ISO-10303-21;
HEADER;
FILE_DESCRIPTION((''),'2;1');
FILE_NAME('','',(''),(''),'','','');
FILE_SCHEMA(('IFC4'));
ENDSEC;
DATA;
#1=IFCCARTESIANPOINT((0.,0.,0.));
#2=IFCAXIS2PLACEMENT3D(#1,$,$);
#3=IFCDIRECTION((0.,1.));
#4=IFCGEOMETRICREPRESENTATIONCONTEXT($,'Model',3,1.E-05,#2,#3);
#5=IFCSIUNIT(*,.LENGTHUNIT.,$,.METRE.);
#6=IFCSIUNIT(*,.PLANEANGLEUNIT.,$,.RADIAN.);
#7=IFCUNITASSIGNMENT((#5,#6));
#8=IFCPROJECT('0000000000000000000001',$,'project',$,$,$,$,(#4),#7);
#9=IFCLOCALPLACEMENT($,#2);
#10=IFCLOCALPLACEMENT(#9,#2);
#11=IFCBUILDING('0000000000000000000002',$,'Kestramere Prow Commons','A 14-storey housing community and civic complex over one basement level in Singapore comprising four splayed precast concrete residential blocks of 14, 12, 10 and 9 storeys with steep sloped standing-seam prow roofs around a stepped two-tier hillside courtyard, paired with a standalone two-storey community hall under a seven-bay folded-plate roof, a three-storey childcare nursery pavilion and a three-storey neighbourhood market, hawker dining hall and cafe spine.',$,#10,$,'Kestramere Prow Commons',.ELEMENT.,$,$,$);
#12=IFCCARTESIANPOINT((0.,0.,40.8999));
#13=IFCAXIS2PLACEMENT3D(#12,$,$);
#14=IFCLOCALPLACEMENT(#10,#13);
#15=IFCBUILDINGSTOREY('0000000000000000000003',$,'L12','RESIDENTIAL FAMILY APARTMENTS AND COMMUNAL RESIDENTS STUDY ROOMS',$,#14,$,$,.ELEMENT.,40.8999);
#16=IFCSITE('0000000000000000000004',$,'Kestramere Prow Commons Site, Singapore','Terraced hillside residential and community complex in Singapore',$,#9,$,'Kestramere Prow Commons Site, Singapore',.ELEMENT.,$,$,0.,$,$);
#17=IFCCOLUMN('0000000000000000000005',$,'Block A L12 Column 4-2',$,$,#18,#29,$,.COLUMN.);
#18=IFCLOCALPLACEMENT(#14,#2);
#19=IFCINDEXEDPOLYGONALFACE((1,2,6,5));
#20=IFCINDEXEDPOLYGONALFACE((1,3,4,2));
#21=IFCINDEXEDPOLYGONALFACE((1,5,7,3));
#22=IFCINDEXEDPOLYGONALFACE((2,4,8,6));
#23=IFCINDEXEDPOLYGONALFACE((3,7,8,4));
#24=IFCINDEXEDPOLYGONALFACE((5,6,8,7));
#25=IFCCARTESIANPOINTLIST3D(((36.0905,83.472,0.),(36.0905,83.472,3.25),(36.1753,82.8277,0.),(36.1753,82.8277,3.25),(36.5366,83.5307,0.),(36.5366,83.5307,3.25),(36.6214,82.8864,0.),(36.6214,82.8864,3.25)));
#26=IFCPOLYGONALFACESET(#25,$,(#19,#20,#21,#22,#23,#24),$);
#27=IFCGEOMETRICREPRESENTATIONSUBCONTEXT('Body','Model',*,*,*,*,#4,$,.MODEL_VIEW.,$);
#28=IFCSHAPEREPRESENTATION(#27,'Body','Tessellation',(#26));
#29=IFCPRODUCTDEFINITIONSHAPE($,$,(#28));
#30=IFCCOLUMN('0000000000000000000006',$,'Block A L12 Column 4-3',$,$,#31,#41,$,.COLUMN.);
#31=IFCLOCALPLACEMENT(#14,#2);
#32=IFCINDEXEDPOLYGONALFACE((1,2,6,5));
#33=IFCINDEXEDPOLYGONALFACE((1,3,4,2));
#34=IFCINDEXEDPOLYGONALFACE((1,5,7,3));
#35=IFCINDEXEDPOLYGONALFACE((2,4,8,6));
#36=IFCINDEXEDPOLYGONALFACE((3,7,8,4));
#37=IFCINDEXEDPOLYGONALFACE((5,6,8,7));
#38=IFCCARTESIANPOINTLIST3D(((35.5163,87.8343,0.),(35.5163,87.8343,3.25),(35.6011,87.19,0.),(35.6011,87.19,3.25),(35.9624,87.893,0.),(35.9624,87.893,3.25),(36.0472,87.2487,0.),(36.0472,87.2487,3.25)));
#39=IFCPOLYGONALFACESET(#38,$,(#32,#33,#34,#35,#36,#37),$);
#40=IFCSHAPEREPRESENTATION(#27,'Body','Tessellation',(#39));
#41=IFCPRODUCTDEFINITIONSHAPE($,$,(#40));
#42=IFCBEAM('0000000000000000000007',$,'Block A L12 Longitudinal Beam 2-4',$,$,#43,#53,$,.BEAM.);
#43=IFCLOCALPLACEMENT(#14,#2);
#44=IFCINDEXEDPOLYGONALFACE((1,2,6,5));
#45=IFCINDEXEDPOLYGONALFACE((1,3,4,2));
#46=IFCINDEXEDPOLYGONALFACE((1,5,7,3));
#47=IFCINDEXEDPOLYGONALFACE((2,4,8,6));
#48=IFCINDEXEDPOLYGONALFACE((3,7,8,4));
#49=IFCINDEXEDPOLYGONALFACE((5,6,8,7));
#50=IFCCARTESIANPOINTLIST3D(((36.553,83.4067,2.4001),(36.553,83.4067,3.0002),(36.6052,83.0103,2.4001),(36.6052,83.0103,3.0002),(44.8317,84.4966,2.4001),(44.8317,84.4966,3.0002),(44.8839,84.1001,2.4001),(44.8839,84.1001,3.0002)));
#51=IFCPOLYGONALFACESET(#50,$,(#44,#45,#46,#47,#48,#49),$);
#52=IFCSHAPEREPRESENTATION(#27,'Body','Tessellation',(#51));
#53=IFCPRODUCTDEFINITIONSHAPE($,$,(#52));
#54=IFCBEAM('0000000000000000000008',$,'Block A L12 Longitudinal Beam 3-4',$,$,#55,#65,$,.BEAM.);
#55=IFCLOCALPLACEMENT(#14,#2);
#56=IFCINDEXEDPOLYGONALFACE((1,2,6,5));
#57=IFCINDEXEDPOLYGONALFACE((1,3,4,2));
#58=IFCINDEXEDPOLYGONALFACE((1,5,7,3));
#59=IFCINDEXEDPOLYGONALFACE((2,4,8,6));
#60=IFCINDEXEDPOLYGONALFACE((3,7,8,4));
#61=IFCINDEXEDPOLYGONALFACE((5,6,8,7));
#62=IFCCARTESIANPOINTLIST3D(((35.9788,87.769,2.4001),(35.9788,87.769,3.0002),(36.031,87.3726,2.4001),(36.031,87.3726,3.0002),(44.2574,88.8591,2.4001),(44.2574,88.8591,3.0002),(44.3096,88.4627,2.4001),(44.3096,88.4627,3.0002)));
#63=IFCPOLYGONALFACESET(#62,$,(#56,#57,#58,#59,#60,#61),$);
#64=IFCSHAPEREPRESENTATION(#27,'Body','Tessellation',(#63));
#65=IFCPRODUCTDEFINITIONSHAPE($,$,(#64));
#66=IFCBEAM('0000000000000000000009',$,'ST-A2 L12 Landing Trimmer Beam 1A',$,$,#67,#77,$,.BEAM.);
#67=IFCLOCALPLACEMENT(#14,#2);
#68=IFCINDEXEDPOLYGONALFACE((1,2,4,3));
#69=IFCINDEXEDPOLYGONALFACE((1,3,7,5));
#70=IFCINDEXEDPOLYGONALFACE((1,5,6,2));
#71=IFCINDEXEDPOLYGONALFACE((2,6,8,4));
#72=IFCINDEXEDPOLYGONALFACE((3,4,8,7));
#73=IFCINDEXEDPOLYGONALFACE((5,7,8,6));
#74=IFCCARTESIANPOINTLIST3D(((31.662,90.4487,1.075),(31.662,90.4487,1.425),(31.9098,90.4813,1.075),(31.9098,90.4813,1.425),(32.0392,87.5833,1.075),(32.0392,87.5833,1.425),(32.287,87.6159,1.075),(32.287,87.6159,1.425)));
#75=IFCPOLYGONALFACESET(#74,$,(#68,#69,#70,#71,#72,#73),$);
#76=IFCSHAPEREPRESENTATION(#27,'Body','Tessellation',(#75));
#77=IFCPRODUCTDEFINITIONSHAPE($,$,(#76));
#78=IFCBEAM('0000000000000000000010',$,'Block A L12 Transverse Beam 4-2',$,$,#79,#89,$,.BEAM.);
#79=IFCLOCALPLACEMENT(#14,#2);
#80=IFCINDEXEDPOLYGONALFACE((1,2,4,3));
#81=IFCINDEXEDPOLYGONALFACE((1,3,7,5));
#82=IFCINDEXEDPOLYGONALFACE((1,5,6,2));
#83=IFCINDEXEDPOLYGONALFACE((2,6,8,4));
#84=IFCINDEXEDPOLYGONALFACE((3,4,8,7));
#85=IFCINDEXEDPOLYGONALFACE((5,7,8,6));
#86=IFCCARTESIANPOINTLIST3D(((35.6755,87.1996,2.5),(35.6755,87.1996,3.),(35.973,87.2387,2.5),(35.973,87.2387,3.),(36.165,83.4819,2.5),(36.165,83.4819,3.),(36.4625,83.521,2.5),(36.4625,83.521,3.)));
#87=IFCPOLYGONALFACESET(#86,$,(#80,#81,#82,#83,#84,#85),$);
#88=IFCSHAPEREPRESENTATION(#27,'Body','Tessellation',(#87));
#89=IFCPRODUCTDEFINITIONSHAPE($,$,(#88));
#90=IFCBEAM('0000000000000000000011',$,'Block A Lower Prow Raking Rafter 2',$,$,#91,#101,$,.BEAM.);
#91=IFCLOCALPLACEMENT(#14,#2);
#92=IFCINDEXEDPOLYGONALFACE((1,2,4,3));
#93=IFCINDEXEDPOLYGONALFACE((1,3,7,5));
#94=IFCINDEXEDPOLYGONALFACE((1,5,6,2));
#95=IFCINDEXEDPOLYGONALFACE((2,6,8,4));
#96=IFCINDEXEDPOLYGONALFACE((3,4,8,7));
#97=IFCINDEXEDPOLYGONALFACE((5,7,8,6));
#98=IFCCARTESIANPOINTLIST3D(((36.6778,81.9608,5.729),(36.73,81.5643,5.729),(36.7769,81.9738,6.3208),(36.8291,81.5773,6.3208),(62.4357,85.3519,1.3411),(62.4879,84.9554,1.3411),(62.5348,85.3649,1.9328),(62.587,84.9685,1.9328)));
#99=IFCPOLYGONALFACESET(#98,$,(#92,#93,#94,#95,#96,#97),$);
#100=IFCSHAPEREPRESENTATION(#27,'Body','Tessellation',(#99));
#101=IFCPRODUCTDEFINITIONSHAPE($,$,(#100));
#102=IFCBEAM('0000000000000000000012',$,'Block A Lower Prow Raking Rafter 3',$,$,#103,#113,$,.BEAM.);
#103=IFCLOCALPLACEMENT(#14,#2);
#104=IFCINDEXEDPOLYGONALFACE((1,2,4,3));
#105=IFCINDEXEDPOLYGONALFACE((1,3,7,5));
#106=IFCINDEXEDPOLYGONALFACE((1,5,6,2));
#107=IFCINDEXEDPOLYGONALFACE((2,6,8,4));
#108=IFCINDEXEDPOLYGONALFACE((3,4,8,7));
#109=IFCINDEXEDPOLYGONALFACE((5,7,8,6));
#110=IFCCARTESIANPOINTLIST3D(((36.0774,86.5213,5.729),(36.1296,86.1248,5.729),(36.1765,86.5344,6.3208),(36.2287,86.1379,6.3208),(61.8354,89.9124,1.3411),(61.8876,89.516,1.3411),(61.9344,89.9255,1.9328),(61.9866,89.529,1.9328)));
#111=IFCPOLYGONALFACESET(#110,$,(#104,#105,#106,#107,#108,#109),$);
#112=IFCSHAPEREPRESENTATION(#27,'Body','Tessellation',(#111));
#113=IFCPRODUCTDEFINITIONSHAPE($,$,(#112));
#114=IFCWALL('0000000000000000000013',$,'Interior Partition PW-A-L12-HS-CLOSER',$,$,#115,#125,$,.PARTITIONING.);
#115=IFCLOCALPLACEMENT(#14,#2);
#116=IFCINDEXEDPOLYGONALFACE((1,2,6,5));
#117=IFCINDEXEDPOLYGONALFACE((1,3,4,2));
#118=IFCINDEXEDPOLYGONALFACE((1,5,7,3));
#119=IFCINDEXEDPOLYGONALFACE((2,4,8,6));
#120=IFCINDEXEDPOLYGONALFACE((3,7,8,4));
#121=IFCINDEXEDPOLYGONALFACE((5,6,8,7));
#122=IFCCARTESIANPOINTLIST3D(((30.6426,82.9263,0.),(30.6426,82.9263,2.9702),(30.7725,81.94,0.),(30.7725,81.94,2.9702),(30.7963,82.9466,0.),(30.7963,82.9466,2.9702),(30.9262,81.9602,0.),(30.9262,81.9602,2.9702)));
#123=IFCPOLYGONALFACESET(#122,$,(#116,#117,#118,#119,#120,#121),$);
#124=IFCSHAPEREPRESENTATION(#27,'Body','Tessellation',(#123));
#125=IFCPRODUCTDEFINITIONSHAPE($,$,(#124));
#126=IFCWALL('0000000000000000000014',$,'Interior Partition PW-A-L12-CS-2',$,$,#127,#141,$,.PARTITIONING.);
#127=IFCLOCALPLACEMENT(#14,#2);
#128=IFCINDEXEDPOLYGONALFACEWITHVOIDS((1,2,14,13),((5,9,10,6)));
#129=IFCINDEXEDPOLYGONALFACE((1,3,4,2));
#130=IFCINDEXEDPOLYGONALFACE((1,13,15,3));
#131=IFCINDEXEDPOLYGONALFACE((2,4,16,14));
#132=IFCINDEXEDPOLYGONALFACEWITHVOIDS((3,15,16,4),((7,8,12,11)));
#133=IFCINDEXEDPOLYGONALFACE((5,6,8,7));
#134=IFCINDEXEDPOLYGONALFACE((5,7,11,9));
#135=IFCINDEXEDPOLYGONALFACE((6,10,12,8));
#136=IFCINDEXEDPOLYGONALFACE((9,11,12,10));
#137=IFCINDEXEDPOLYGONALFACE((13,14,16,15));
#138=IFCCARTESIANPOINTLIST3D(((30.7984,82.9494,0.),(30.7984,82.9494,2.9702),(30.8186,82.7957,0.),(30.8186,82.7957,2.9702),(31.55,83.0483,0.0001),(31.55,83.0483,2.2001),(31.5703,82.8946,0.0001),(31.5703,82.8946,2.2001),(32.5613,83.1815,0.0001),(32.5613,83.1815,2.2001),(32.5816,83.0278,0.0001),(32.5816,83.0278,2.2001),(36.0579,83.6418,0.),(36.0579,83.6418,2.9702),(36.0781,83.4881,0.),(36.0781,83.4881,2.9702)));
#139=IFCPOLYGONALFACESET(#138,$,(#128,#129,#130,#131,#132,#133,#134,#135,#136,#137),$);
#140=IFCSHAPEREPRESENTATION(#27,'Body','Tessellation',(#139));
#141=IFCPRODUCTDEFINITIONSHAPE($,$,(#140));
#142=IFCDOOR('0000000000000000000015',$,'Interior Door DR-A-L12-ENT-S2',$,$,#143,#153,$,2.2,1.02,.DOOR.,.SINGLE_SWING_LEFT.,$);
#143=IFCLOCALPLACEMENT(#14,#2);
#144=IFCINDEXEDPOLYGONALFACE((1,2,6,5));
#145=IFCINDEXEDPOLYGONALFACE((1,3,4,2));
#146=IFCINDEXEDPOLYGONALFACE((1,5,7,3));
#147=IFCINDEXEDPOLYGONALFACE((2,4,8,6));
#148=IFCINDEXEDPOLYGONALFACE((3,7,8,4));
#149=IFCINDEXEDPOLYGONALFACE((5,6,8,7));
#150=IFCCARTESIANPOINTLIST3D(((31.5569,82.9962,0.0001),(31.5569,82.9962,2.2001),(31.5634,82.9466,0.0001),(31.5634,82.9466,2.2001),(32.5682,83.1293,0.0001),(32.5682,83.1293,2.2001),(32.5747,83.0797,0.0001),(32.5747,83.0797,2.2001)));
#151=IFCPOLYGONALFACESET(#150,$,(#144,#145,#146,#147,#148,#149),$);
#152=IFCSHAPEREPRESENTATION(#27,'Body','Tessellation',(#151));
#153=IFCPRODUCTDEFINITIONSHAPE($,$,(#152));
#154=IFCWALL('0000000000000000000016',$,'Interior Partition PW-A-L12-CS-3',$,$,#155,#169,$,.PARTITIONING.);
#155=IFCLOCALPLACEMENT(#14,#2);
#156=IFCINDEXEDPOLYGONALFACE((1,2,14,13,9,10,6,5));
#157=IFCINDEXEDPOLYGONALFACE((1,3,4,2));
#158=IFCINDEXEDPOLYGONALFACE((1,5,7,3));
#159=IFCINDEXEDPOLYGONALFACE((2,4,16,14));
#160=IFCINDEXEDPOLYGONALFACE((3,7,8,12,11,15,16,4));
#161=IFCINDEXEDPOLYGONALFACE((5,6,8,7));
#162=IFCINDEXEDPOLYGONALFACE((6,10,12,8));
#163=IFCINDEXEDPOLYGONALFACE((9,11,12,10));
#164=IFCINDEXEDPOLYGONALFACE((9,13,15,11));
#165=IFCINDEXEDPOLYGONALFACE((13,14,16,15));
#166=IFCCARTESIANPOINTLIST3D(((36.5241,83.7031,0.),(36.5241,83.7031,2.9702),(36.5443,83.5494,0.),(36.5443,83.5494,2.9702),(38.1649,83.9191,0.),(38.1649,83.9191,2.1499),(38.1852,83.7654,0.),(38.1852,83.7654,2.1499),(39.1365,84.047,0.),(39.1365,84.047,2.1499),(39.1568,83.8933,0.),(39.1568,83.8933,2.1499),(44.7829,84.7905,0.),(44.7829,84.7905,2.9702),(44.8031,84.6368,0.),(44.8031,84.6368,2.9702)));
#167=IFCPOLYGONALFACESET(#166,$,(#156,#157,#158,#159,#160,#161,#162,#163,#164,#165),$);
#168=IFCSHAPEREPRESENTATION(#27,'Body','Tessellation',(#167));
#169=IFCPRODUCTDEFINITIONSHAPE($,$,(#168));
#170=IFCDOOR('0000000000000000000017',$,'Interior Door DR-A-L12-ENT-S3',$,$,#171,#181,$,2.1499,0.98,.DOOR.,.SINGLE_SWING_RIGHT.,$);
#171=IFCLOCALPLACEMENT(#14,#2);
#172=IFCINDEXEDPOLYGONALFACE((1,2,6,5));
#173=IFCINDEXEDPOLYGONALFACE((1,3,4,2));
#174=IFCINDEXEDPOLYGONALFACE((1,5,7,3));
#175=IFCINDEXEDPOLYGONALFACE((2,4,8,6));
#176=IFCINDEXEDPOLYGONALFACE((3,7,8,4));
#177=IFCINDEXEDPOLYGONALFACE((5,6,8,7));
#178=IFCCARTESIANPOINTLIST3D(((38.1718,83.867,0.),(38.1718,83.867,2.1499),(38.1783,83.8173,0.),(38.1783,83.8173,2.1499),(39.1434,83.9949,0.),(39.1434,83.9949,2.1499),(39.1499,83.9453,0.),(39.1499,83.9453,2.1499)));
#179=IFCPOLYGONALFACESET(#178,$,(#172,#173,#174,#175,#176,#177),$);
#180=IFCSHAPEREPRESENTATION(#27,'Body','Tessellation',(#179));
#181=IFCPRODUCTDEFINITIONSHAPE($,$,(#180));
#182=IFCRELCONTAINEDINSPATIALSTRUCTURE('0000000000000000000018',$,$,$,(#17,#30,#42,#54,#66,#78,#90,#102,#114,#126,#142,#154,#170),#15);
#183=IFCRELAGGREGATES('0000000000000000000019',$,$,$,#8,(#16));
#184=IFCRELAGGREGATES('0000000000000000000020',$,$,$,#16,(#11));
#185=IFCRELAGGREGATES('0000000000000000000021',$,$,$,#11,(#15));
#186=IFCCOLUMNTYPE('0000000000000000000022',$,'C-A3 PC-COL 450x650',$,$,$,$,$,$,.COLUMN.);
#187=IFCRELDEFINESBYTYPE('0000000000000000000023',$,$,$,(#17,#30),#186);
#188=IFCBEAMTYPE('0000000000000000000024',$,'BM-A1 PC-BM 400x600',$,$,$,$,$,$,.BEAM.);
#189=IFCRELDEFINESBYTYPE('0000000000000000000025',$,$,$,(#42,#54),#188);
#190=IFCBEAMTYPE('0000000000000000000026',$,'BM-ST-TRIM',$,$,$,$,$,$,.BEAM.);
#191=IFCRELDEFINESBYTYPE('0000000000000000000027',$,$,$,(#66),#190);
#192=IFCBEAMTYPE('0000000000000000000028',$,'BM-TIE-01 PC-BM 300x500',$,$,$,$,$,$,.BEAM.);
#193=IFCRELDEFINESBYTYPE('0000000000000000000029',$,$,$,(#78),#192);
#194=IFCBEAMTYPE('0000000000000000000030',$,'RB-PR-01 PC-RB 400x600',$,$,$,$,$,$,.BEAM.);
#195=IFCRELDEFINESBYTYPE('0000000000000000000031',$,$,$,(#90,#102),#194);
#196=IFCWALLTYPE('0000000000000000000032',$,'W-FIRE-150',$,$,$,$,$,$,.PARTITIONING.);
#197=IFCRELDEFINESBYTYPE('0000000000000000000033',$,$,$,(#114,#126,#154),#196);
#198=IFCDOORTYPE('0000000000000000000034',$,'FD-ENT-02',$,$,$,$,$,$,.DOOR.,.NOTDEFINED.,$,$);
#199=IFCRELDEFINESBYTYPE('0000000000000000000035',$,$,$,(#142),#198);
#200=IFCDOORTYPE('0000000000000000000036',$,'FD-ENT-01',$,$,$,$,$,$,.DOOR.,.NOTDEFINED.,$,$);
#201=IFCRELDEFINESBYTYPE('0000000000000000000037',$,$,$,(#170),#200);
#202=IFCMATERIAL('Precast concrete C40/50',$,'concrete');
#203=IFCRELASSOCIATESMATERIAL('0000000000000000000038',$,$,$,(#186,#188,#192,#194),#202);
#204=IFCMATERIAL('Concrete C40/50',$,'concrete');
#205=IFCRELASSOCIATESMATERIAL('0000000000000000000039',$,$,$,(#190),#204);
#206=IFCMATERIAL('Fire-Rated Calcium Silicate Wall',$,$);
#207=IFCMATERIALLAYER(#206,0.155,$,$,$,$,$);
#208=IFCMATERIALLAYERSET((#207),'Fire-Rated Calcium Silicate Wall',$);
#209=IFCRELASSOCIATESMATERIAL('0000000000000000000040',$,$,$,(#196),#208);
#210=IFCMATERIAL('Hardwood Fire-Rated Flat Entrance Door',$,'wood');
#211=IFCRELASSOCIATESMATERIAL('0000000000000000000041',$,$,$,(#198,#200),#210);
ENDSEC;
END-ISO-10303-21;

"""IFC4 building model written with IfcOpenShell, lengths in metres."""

from ifc_helpers import new_model, si_unit, direction, frame, frame_2d, origin, origin_2d, place, context, subcontext, project, spatial, rectangle, extrude, material, layer, layer_set, material_profile, profile_set, type_object, element, fill, save


model = new_model("IFC4")

# Units and contexts
model_context = context("Model", 3, precision=1e-05, world=origin(), true_north=direction((0.0, 1.0)))
body_context = subcontext(model_context, "Body", "Model", "MODEL_VIEW")
ifc_project = project(units=[si_unit("LENGTHUNIT", "METRE"), si_unit("PLANEANGLEUNIT", "RADIAN")], contexts=[model_context])

# Site, building, storey
site_placement = place(None, origin())
site = spatial("IfcSite", under=ifc_project, at=site_placement, Name="Kestramere Prow Commons Site, Singapore", Description="Terraced hillside residential and community complex in Singapore", LongName="Kestramere Prow Commons Site, Singapore", CompositionType="ELEMENT", RefElevation=0.0)
building_placement = place(site_placement, origin())
building = spatial("IfcBuilding", under=site, at=building_placement, Name="Kestramere Prow Commons", Description="A 14-storey housing community and civic complex over one basement level in Singapore comprising four splayed precast concrete residential blocks of 14, 12, 10 and 9 storeys with steep sloped standing-seam prow roofs around a stepped two-tier hillside courtyard, paired with a standalone two-storey community hall under a seven-bay folded-plate roof, a three-storey childcare nursery pavilion and a three-storey neighbourhood market, hawker dining hall and cafe spine.", LongName="Kestramere Prow Commons", CompositionType="ELEMENT")
storey_placement = place(building_placement, frame((0.0, 0.0, 40.8999)))
storey = spatial("IfcBuildingStorey", under=building, at=storey_placement, Name="L12", Description="RESIDENTIAL FAMILY APARTMENTS AND COMMUNAL RESIDENTS STUDY ROOMS", CompositionType="ELEMENT", Elevation=40.8999)

# Columns
ifc_material_1 = material(Name="Precast concrete C40/50", Category="concrete")
ifc_material_profile_1 = material_profile(ifc_material_1, rectangle(XDim=0.45, YDim=0.6499, at=origin_2d()), Name="PC-COL 450x650")
ifc_profile_set_1 = profile_set([ifc_material_profile_1], Name="Precast concrete C40/50")
column_type = type_object("IfcColumnType", Name="C-A3 PC-COL 450x650", PredefinedType="COLUMN", material=ifc_profile_set_1)
for number, where, z_axis, x_axis, name in (
    (1, (36.356, 83.1792, 0.0), (0.0, 0.0, 1.0), (0.991445, 0.130526, 0.0), "Block A L12 Column 4-2"),
    (2, (35.7817, 87.5415, 0.0), (0.0, 0.0, 1.0), (0.991445, 0.130526, 0.0), "Block A L12 Column 4-3"),
):
    element("IfcColumn", number, at=place(storey_placement, frame(where, z_axis=z_axis, x_axis=x_axis)), inside=storey, type_object=column_type, Name=name, PredefinedType="COLUMN", context=body_context, shape_type="SweptSolid", body=[
        extrude(rectangle(XDim=0.45, YDim=0.6499, at=origin_2d()), origin(), (0.0, 0.0, 1.0), 3.25),
    ])

# Beams
ifc_material_profile_2 = material_profile(ifc_material_1, rectangle(XDim=0.3999, YDim=0.6001, at=origin_2d()), Name="PC-BM 400x600")
ifc_profile_set_2 = profile_set([ifc_material_profile_2], Name="Precast concrete C40/50")
beam_type_1 = type_object("IfcBeamType", Name="BM-A1 PC-BM 400x600", PredefinedType="BEAM", material=ifc_profile_set_2)
for number, where, z_axis, x_axis, name in (
    (3, (36.5791, 83.2085, 2.7002), (0.991446, 0.13052, 0.0), (-0.13052, 0.991446, 0.0), "Block A L12 Longitudinal Beam 2-4"),
    (4, (36.0049, 87.5708, 2.7002), (0.991442, 0.130549, 0.0), (-0.130549, 0.991442, 0.0), "Block A L12 Longitudinal Beam 3-4"),
):
    element("IfcBeam", number, at=place(storey_placement, frame(where, z_axis=z_axis, x_axis=x_axis)), inside=storey, type_object=beam_type_1, Name=name, PredefinedType="BEAM", context=body_context, shape_type="SweptSolid", body=[
        extrude(rectangle(XDim=0.3999, YDim=0.6001, at=origin_2d()), origin(), (0.0, 0.0, 1.0), 8.3501),
    ])
ifc_material_2 = material(Name="Concrete C40/50", Category="concrete")
ifc_material_profile_3 = material_profile(ifc_material_2, rectangle(XDim=0.25, YDim=0.3501, at=origin_2d()), Name="PC-BM 250x350")
ifc_profile_set_3 = profile_set([ifc_material_profile_3], Name="Concrete C40/50")
beam_type_2 = type_object("IfcBeamType", Name="BM-ST-TRIM", PredefinedType="BEAM", material=ifc_profile_set_3)
beam_1_placement = place(storey_placement, frame((32.1631, 87.5996, 1.25), z_axis=(-0.130509, 0.991447, 0.0), x_axis=(-0.991447, -0.130509, 0.0)))
element("IfcBeam", 5, at=beam_1_placement, inside=storey, type_object=beam_type_2, Name="ST-A2 L12 Landing Trimmer Beam 1A", PredefinedType="BEAM", context=body_context, shape_type="SweptSolid", body=[
    extrude(rectangle(XDim=0.25, YDim=0.3501, at=origin_2d()), origin(), (0.0, 0.0, 1.0), 2.8901),
])
ifc_material_profile_4 = material_profile(ifc_material_1, rectangle(XDim=0.3, YDim=0.5, at=origin_2d()), Name="PC-BM 300x500")
ifc_profile_set_4 = profile_set([ifc_material_profile_4], Name="Precast concrete C40/50")
beam_type_3 = type_object("IfcBeamType", Name="BM-TIE-01 PC-BM 300x500", PredefinedType="BEAM", material=ifc_profile_set_4)
beam_2_placement = place(storey_placement, frame((36.3137, 83.5015, 2.75), z_axis=(-0.130539, 0.991443, 0.0), x_axis=(-0.991443, -0.130539, 0.0)))
element("IfcBeam", 6, at=beam_2_placement, inside=storey, type_object=beam_type_3, Name="Block A L12 Transverse Beam 4-2", PredefinedType="BEAM", context=body_context, shape_type="SweptSolid", body=[
    extrude(rectangle(XDim=0.3, YDim=0.5, at=origin_2d()), origin(), (0.0, 0.0, 1.0), 3.7498),
])
ifc_material_profile_5 = material_profile(ifc_material_1, rectangle(XDim=0.3999, YDim=0.6001, at=origin_2d()), Name="PC-RB 400x600")
ifc_profile_set_5 = profile_set([ifc_material_profile_5], Name="Precast concrete C40/50")
beam_type_4 = type_object("IfcBeamType", Name="RB-PR-01 PC-RB 400x600", PredefinedType="BEAM", material=ifc_profile_set_5)
for number, where, z_axis, x_axis, name in (
    (7, (36.7534, 81.769, 6.0249), (0.977599, 0.128705, -0.166538), (-0.130527, 0.991445, 0.0), "Block A Lower Prow Raking Rafter 2"),
    (8, (36.1531, 86.3296, 6.0249), (0.977599, 0.128705, -0.166538), (-0.130527, 0.991445, 0.0), "Block A Lower Prow Raking Rafter 3"),
):
    element("IfcBeam", number, at=place(storey_placement, frame(where, z_axis=z_axis, x_axis=x_axis)), inside=storey, type_object=beam_type_4, Name=name, PredefinedType="BEAM", context=body_context, shape_type="SweptSolid", body=[
        extrude(rectangle(XDim=0.3999, YDim=0.6001, at=origin_2d()), origin(), (0.0, 0.0, 1.0), 26.3481),
    ])

# Wall
ifc_material_3 = material(Name="Fire-Rated Calcium Silicate Wall")
ifc_layer_1 = layer(ifc_material_3, 0.155)
ifc_layer_set_1 = layer_set([ifc_layer_1], Name="Fire-Rated Calcium Silicate Wall")
wall_type_1 = type_object("IfcWallType", Name="W-FIRE-150", PredefinedType="PARTITIONING", material=ifc_layer_set_1)
wall_1_placement = place(storey_placement, frame((30.8494, 81.95, 0.0), z_axis=(0.0, 0.0, 1.0), x_axis=(-0.130556, 0.991441, 0.0)))
element("IfcWall", 9, at=wall_1_placement, inside=storey, type_object=wall_type_1, Name="Interior Partition PW-A-L12-HS-CLOSER", PredefinedType="PARTITIONING", context=body_context, shape_type="SweptSolid", body=[
    extrude(rectangle(XDim=0.9949, YDim=0.155, at=frame_2d((0.4976, 0.0))), origin(), (0.0, 0.0, 1.0), 2.9702),
])

# Walls, openings, doors
wall_2_placement = place(storey_placement, frame((30.8086, 82.8726, 0.0), z_axis=(0.0, 0.0, 1.0), x_axis=(0.991446, 0.130518, 0.0)))
wall_2 = element("IfcWall", 10, at=wall_2_placement, inside=storey, type_object=wall_type_1, Name="Interior Partition PW-A-L12-CS-2", PredefinedType="PARTITIONING", context=body_context, shape_type="SweptSolid", body=[
    extrude(rectangle(XDim=5.3049, YDim=0.155, at=frame_2d((2.6523, 0.0))), origin(), (0.0, 0.0, 1.0), 2.9702),
])
opening_1_placement = place(wall_2_placement, frame((0.7581, 0.0, 0.0)))
opening_1 = element("IfcOpeningElement", 11, at=opening_1_placement, cuts=wall_2, PredefinedType="OPENING", context=body_context, shape_type="SweptSolid", body=[
    extrude(rectangle(XDim=1.02, YDim=2.2, at=frame_2d((0.51, 1.1001))), frame((0.0, 0.0925, 0.0), z_axis=(0.0, -1.0, 0.0), x_axis=(1.0, 0.0, 0.0)), (0.0, 0.0, 1.0), 0.1851),
])
ifc_material_4 = material(Name="Hardwood Fire-Rated Flat Entrance Door", Category="wood")
door_type_1 = type_object("IfcDoorType", Name="FD-ENT-02", OperationType="NOTDEFINED", PredefinedType="DOOR", material=ifc_material_4)
door_1_placement = place(opening_1_placement, origin())
door_1 = element("IfcDoor", 12, at=door_1_placement, inside=storey, type_object=door_type_1, Name="Interior Door DR-A-L12-ENT-S2", OperationType="SINGLE_SWING_LEFT", OverallHeight=2.2, OverallWidth=1.02, PredefinedType="DOOR", context=body_context, shape_type="SweptSolid", body=[
    extrude(rectangle(XDim=1.02, YDim=2.2, at=frame_2d((0.51, 1.1001))), frame((0.0, 0.0249, 0.0), z_axis=(0.0, -1.0, 0.0), x_axis=(1.0, 0.0, 0.0)), (0.0, 0.0, 1.0), 0.05),
])
fill(opening_1, door_1)
wall_3_placement = place(storey_placement, frame((36.5342, 83.6262, 0.0), z_axis=(0.0, 0.0, 1.0), x_axis=(0.991443, 0.130539, 0.0)))
wall_3 = element("IfcWall", 13, at=wall_3_placement, inside=storey, type_object=wall_type_1, Name="Interior Partition PW-A-L12-CS-3", PredefinedType="PARTITIONING", context=body_context, shape_type="SweptSolid", body=[
    extrude(rectangle(XDim=8.3301, YDim=0.155, at=frame_2d((4.165, 0.0))), origin(), (0.0, 0.0, 1.0), 2.9702),
])
opening_2_placement = place(wall_3_placement, frame((1.655, 0.0, 0.0)))
opening_2 = element("IfcOpeningElement", 14, at=opening_2_placement, cuts=wall_3, PredefinedType="OPENING", context=body_context, shape_type="SweptSolid", body=[
    extrude(rectangle(XDim=0.98, YDim=2.1499, at=frame_2d((0.49, 1.075))), frame((0.0, 0.0925, 0.0), z_axis=(0.0, -1.0, 0.0), x_axis=(1.0, 0.0, 0.0)), (0.0, 0.0, 1.0), 0.1851),
])
door_type_2 = type_object("IfcDoorType", Name="FD-ENT-01", OperationType="NOTDEFINED", PredefinedType="DOOR", material=ifc_material_4)
door_2_placement = place(opening_2_placement, origin())
door_2 = element("IfcDoor", 15, at=door_2_placement, inside=storey, type_object=door_type_2, Name="Interior Door DR-A-L12-ENT-S3", OperationType="SINGLE_SWING_RIGHT", OverallHeight=2.1499, OverallWidth=0.98, PredefinedType="DOOR", context=body_context, shape_type="SweptSolid", body=[
    extrude(rectangle(XDim=0.98, YDim=2.1499, at=frame_2d((0.49, 1.075))), frame((0.0, 0.0249, 0.0), z_axis=(0.0, -1.0, 0.0), x_axis=(1.0, 0.0, 0.0)), (0.0, 0.0, 1.0), 0.05),
])
fill(opening_2, door_2)

save(model, "model.ifc")
